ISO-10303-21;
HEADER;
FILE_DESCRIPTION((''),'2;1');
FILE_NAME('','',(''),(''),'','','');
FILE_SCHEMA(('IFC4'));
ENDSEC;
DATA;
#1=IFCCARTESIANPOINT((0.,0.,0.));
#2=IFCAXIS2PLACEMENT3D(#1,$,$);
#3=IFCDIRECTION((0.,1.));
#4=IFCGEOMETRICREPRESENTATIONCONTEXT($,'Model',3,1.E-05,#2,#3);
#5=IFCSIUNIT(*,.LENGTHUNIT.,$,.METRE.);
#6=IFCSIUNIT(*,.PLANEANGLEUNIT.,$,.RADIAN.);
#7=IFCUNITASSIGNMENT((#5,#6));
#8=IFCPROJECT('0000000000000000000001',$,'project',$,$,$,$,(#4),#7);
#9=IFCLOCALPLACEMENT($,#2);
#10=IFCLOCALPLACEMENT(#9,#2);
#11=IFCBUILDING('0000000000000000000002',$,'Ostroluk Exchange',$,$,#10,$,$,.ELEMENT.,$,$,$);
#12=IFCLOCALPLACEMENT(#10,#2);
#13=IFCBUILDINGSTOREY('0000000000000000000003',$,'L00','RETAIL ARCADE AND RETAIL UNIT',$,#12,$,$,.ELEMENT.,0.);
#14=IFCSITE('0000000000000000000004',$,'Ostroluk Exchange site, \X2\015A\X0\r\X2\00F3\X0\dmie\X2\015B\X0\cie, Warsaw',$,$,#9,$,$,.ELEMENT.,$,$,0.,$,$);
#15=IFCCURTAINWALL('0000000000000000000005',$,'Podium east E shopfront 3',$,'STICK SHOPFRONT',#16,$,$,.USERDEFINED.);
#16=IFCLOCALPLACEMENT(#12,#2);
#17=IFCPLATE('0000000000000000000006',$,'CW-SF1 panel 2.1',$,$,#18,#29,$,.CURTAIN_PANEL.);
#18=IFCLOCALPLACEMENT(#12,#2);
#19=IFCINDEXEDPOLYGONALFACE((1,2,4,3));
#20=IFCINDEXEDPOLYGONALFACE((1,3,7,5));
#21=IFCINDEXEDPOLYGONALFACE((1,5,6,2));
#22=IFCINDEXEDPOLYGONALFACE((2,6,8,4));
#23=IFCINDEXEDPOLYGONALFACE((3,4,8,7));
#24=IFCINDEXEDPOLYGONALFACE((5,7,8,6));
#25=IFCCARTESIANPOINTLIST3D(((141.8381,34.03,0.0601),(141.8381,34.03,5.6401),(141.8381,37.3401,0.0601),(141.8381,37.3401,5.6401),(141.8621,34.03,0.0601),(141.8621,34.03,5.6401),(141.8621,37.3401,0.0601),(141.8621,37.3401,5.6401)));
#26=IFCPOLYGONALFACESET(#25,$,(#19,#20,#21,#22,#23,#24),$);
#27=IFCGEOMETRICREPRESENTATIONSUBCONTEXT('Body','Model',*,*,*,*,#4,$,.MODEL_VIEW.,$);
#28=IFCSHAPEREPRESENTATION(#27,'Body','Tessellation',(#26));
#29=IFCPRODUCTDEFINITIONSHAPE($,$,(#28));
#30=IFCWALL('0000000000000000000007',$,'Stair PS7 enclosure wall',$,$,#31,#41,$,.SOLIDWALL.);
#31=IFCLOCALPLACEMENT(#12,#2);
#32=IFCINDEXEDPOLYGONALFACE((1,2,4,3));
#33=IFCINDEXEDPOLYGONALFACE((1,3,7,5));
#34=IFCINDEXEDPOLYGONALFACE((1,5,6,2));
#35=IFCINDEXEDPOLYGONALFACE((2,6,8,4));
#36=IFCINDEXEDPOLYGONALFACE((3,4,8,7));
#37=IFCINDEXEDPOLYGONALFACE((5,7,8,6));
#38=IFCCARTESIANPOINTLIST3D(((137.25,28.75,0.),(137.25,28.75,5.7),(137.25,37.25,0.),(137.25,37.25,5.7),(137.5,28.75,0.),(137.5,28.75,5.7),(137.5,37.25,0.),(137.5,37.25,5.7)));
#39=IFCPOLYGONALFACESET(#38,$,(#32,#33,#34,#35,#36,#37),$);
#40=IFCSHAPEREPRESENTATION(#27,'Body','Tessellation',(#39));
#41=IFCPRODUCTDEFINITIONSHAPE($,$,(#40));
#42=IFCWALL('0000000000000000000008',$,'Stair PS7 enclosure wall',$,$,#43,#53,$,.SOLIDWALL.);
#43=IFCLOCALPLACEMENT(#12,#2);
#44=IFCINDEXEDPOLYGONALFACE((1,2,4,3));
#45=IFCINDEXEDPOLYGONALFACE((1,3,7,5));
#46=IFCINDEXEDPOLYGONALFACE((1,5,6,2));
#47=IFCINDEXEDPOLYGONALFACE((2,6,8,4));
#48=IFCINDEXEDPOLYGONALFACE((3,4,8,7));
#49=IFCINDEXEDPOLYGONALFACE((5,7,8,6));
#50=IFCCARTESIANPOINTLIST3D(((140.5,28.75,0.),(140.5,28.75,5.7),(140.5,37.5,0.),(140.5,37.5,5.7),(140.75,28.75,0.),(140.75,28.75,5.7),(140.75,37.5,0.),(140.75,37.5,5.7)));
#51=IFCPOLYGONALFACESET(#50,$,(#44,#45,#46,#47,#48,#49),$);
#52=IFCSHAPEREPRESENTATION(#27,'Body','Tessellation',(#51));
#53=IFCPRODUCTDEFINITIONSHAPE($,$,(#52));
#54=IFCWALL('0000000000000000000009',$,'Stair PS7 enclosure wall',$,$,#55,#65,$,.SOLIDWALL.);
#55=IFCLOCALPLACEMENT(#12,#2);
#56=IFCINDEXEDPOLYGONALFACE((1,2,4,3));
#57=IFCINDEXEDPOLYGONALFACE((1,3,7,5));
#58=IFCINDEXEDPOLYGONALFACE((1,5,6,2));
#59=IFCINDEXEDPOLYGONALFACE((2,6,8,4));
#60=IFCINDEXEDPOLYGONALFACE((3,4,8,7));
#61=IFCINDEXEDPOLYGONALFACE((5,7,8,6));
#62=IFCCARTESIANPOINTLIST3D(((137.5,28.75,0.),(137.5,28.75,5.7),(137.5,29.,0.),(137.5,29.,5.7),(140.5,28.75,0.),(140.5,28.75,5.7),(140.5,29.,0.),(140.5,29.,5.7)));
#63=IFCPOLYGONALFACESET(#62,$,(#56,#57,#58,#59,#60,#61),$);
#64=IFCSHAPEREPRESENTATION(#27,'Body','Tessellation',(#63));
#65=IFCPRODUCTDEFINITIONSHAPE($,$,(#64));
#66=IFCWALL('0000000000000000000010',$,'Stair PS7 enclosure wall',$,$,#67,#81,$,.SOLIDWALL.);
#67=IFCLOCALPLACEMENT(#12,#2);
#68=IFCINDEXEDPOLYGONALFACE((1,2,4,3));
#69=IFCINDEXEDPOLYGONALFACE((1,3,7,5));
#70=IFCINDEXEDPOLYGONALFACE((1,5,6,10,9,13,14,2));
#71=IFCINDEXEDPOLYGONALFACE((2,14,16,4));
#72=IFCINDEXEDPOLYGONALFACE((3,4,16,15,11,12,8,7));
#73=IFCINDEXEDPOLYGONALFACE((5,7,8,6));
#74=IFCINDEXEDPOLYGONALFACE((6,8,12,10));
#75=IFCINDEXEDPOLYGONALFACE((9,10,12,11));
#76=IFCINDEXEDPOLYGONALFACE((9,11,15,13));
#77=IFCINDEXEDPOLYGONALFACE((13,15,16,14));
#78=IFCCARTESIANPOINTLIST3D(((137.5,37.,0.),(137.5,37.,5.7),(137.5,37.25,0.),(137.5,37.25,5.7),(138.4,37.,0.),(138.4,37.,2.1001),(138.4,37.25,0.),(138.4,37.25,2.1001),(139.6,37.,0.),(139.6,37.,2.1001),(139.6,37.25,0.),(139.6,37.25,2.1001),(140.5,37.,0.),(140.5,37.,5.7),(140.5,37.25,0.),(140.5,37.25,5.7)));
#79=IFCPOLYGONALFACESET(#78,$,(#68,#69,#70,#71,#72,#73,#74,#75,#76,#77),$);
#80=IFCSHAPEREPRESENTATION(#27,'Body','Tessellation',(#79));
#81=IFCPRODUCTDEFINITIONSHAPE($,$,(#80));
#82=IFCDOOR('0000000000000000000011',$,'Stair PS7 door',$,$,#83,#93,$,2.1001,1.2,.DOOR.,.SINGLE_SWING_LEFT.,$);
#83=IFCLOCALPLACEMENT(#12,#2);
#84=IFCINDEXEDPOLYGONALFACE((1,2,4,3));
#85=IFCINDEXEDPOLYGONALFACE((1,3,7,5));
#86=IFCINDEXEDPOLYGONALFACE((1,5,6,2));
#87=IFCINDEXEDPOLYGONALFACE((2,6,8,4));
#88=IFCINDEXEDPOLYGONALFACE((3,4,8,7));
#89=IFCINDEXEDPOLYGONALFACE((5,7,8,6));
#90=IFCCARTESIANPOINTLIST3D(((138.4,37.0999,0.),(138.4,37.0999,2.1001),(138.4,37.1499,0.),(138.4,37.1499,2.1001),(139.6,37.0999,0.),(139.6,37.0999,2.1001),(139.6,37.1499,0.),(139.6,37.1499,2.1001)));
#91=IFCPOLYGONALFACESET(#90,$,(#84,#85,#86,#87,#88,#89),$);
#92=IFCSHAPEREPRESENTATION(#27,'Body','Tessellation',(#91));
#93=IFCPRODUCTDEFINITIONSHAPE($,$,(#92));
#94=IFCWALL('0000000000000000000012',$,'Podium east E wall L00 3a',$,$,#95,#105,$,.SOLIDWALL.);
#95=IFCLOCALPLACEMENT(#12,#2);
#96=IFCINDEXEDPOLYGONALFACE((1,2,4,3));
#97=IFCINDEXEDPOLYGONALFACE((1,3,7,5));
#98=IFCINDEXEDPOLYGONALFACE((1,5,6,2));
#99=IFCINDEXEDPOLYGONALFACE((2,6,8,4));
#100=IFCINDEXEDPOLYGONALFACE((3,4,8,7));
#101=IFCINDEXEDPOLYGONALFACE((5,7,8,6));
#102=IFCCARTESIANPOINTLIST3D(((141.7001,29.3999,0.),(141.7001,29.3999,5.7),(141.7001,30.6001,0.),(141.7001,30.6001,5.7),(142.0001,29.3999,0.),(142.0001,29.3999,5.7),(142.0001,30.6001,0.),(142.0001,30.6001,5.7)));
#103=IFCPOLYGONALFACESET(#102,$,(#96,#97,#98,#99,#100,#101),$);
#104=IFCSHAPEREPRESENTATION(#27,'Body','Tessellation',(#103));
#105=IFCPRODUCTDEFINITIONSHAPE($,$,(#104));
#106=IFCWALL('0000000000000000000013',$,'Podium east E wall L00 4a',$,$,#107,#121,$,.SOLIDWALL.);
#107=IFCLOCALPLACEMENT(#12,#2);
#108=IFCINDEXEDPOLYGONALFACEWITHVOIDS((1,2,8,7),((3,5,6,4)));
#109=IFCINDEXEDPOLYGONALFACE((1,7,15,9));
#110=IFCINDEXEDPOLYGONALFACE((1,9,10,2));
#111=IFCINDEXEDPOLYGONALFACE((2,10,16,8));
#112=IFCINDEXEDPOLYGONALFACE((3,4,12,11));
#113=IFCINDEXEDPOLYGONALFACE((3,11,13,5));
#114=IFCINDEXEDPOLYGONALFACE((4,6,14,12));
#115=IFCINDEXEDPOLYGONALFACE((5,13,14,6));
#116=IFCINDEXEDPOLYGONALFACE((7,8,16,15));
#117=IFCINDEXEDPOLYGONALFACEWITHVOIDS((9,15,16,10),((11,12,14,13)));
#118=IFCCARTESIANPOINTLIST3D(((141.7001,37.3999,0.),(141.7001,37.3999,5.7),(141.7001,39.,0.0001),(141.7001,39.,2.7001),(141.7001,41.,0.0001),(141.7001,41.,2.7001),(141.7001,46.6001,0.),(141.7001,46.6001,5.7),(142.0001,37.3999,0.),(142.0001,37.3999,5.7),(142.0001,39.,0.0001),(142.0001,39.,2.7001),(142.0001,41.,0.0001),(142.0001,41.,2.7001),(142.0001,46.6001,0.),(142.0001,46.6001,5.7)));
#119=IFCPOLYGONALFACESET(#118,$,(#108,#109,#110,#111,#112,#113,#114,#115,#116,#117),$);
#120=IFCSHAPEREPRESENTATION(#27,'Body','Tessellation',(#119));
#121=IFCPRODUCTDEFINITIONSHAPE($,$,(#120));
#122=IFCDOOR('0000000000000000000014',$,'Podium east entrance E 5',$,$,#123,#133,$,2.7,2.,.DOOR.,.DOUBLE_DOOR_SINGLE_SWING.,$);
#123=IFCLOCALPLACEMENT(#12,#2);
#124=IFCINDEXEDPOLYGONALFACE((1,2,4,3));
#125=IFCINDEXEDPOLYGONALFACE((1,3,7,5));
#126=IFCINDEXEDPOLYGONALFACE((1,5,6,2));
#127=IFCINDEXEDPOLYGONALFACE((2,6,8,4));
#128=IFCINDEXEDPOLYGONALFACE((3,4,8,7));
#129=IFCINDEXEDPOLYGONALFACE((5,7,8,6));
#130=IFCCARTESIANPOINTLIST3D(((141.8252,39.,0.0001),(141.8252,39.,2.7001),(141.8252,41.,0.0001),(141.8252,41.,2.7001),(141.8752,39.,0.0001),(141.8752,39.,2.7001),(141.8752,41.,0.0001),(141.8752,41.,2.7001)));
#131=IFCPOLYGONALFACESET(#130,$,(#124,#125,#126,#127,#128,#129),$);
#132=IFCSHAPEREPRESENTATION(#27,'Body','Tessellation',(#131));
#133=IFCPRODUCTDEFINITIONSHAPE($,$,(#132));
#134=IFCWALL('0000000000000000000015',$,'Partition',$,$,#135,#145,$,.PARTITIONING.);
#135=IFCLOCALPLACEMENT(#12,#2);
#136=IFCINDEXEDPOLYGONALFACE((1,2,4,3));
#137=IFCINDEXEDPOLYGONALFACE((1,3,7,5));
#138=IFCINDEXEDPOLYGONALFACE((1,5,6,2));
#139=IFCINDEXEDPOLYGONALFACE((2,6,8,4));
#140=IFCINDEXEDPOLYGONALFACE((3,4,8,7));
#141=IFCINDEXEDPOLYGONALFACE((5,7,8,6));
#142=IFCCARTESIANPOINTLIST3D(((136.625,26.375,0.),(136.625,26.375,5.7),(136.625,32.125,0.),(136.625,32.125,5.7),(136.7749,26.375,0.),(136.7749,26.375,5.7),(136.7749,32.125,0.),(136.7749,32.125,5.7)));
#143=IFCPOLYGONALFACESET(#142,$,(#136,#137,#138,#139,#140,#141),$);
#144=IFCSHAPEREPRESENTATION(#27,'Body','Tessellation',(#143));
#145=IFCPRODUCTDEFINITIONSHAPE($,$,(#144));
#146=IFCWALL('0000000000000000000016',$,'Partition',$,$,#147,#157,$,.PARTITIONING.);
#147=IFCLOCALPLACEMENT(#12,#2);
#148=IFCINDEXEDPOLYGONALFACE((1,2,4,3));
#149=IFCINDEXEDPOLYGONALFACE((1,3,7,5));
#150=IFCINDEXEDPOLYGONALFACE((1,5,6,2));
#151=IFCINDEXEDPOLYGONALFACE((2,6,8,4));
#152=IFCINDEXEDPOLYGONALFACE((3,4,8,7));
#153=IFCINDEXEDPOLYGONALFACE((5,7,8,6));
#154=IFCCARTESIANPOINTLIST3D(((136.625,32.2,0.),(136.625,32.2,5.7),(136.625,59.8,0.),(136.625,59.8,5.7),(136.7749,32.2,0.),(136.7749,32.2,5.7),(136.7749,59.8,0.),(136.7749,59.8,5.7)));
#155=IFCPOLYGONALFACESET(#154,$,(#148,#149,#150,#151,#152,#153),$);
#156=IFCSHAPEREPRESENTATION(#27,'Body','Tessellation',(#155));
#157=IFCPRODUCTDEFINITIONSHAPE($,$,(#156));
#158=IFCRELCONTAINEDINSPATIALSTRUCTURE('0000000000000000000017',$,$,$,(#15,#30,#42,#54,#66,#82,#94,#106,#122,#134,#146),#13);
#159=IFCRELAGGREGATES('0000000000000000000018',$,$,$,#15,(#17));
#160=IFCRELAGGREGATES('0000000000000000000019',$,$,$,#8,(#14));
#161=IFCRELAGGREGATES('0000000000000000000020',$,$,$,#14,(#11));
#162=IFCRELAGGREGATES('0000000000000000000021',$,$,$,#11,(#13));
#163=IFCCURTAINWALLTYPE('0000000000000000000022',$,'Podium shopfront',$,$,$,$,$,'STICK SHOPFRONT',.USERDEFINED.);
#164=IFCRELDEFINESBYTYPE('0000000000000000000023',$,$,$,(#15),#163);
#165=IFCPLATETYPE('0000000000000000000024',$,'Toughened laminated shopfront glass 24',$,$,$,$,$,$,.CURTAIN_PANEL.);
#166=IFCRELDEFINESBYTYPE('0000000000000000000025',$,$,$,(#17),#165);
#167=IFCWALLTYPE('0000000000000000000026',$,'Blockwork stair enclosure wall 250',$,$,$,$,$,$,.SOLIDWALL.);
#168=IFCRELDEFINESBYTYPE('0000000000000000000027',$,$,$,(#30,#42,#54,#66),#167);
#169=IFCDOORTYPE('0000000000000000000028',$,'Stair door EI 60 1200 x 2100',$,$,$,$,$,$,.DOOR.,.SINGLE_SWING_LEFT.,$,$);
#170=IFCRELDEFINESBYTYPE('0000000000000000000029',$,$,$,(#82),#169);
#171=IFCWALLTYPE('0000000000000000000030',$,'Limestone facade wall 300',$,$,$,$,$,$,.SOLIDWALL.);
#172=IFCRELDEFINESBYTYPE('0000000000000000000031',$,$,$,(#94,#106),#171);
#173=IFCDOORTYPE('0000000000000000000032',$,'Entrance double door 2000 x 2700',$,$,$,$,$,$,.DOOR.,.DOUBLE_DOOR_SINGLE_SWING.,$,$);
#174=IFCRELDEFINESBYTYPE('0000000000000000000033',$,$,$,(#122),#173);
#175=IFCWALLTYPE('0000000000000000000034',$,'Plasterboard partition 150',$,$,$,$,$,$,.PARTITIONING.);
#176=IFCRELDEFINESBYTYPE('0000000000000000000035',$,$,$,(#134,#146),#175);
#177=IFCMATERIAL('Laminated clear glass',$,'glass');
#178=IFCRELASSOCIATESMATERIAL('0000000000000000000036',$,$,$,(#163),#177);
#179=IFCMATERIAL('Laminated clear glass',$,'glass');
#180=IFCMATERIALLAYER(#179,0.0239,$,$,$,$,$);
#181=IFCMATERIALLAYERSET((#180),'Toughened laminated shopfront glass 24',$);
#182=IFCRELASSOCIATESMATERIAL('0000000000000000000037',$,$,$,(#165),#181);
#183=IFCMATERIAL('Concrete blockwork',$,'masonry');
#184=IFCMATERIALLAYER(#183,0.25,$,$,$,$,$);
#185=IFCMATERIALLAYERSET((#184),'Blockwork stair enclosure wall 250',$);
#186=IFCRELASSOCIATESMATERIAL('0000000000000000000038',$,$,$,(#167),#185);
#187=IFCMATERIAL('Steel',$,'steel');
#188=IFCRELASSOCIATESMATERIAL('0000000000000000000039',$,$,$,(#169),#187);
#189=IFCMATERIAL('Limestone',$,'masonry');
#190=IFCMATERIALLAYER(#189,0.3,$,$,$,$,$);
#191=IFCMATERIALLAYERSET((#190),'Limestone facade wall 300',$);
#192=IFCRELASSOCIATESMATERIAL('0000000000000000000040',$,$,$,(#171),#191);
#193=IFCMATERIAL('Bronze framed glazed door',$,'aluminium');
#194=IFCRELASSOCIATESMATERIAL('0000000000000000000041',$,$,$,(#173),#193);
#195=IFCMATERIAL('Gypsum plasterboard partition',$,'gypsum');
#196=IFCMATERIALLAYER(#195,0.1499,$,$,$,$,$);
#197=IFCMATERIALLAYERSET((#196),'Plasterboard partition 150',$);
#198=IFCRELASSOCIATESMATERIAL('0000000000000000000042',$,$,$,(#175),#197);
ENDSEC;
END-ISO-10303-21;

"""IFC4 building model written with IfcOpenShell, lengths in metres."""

from ifc_helpers import new_model, si_unit, direction, frame, frame_2d, origin, origin_2d, place, context, subcontext, project, spatial, rectangle, extrude, material, layer, layer_set, type_object, element, fill, aggregate, save


model = new_model("IFC4")

# Units and contexts
model_context = context("Model", 3, precision=1e-05, world=origin(), true_north=direction((0.0, 1.0)))
body_context = subcontext(model_context, "Body", "Model", "MODEL_VIEW")
ifc_project = project(units=[si_unit("LENGTHUNIT", "METRE"), si_unit("PLANEANGLEUNIT", "RADIAN")], contexts=[model_context])

# Site, building, storey
site_placement = place(None, origin())
site = spatial("IfcSite", under=ifc_project, at=site_placement, Name="Ostroluk Exchange site, Śródmieście, Warsaw", CompositionType="ELEMENT", RefElevation=0.0)
building_placement = place(site_placement, origin())
building = spatial("IfcBuilding", under=site, at=building_placement, Name="Ostroluk Exchange", CompositionType="ELEMENT")
storey_placement = place(building_placement, origin())
storey = spatial("IfcBuildingStorey", under=building, at=storey_placement, Name="L00", Description="RETAIL ARCADE AND RETAIL UNIT", CompositionType="ELEMENT", Elevation=0.0)

# Shared definitions
ifc_material_1 = material(Name="Laminated clear glass", Category="glass")
curtain_wall_type = type_object("IfcCurtainWallType", Name="Podium shopfront", ElementType="STICK SHOPFRONT", PredefinedType="USERDEFINED", material=ifc_material_1)

# Curtain wall
curtain_wall_1_placement = place(storey_placement, origin())
curtain_wall_1 = element("IfcCurtainWall", 1, at=curtain_wall_1_placement, inside=storey, type_object=curtain_wall_type, Name="Podium east E shopfront 3", ObjectType="STICK SHOPFRONT", PredefinedType="USERDEFINED")

# Plate
ifc_material_2 = material(Name="Laminated clear glass", Category="glass")
ifc_layer_1 = layer(ifc_material_2, 0.0239)
ifc_layer_set_1 = layer_set([ifc_layer_1], Name="Toughened laminated shopfront glass 24")
plate_type = type_object("IfcPlateType", Name="Toughened laminated shopfront glass 24", PredefinedType="CURTAIN_PANEL", material=ifc_layer_set_1)
plate_1_placement = place(storey_placement, frame((141.8501, 35.6851, 0.0601), z_axis=(0.0, 0.0, 1.0), x_axis=(0.0, 1.0, 0.0)))
plate_1 = element("IfcPlate", 2, at=plate_1_placement, type_object=plate_type, Name="CW-SF1 panel 2.1", PredefinedType="CURTAIN_PANEL", context=body_context, shape_type="SweptSolid", body=[
    extrude(rectangle(XDim=3.3101, YDim=0.0239, at=origin_2d()), origin(), (0.0, 0.0, 1.0), 5.5801),
])
aggregate(curtain_wall_1, [plate_1])

# Walls
ifc_material_3 = material(Name="Concrete blockwork", Category="masonry")
ifc_layer_2 = layer(ifc_material_3, 0.25)
ifc_layer_set_2 = layer_set([ifc_layer_2], Name="Blockwork stair enclosure wall 250")
wall_type_1 = type_object("IfcWallType", Name="Blockwork stair enclosure wall 250", PredefinedType="SOLIDWALL", material=ifc_layer_set_2)
wall_1_placement = place(storey_placement, frame((137.375, 28.75, 0.0), z_axis=(0.0, 0.0, 1.0), x_axis=(0.0, 1.0, 0.0)))
element("IfcWall", 3, at=wall_1_placement, inside=storey, type_object=wall_type_1, Name="Stair PS7 enclosure wall", PredefinedType="SOLIDWALL", context=body_context, shape_type="SweptSolid", body=[
    extrude(rectangle(XDim=8.5, YDim=0.25, at=frame_2d((4.25, 0.0))), origin(), (0.0, 0.0, 1.0), 5.7),
])
wall_2_placement = place(storey_placement, frame((140.625, 28.75, 0.0), z_axis=(0.0, 0.0, 1.0), x_axis=(0.0, 1.0, 0.0)))
element("IfcWall", 4, at=wall_2_placement, inside=storey, type_object=wall_type_1, Name="Stair PS7 enclosure wall", PredefinedType="SOLIDWALL", context=body_context, shape_type="SweptSolid", body=[
    extrude(rectangle(XDim=8.75, YDim=0.25, at=frame_2d((4.375, 0.0))), origin(), (0.0, 0.0, 1.0), 5.7),
])
wall_3_placement = place(storey_placement, frame((137.5, 28.875, 0.0), z_axis=(0.0, 0.0, 1.0), x_axis=(1.0, 0.0, 0.0)))
element("IfcWall", 5, at=wall_3_placement, inside=storey, type_object=wall_type_1, Name="Stair PS7 enclosure wall", PredefinedType="SOLIDWALL", context=body_context, shape_type="SweptSolid", body=[
    extrude(rectangle(XDim=3.0, YDim=0.25, at=frame_2d((1.5, 0.0))), origin(), (0.0, 0.0, 1.0), 5.7),
])

# Wall, opening, door
wall_4_placement = place(storey_placement, frame((137.5, 37.125, 0.0), z_axis=(0.0, 0.0, 1.0), x_axis=(1.0, 0.0, 0.0)))
wall_4 = element("IfcWall", 6, at=wall_4_placement, inside=storey, type_object=wall_type_1, Name="Stair PS7 enclosure wall", PredefinedType="SOLIDWALL", context=body_context, shape_type="SweptSolid", body=[
    extrude(rectangle(XDim=3.0, YDim=0.25, at=frame_2d((1.5, 0.0))), origin(), (0.0, 0.0, 1.0), 5.7),
])
opening_1_placement = place(wall_4_placement, frame((0.8999, 0.0, 0.0)))
opening_1 = element("IfcOpeningElement", 7, at=opening_1_placement, cuts=wall_4, PredefinedType="OPENING", context=body_context, shape_type="SweptSolid", body=[
    extrude(rectangle(XDim=1.2, YDim=2.1001, at=frame_2d((0.6001, 1.05))), frame((0.0, 0.135, 0.0), z_axis=(0.0, -1.0, 0.0), x_axis=(1.0, 0.0, 0.0)), (0.0, 0.0, 1.0), 0.27),
])
ifc_material_4 = material(Name="Steel", Category="steel")
door_type_1 = type_object("IfcDoorType", Name="Stair door EI 60 1200 x 2100", OperationType="SINGLE_SWING_LEFT", PredefinedType="DOOR", material=ifc_material_4)
door_1_placement = place(opening_1_placement, origin())
door_1 = element("IfcDoor", 8, at=door_1_placement, inside=storey, type_object=door_type_1, Name="Stair PS7 door", OperationType="SINGLE_SWING_LEFT", OverallHeight=2.1001, OverallWidth=1.2, PredefinedType="DOOR", context=body_context, shape_type="SweptSolid", body=[
    extrude(rectangle(XDim=1.2, YDim=2.1001, at=frame_2d((0.6001, 1.05))), frame((0.0, 0.0249, 0.0), z_axis=(0.0, -1.0, 0.0), x_axis=(1.0, 0.0, 0.0)), (0.0, 0.0, 1.0), 0.05),
])
fill(opening_1, door_1)

# Wall
ifc_material_5 = material(Name="Limestone", Category="masonry")
ifc_layer_3 = layer(ifc_material_5, 0.3)
ifc_layer_set_3 = layer_set([ifc_layer_3], Name="Limestone facade wall 300")
wall_type_2 = type_object("IfcWallType", Name="Limestone facade wall 300", PredefinedType="SOLIDWALL", material=ifc_layer_set_3)
wall_5_placement = place(storey_placement, frame((141.8501, 29.3999, 0.0), z_axis=(0.0, 0.0, 1.0), x_axis=(0.0, 1.0, 0.0)))
element("IfcWall", 9, at=wall_5_placement, inside=storey, type_object=wall_type_2, Name="Podium east E wall L00 3a", PredefinedType="SOLIDWALL", context=body_context, shape_type="SweptSolid", body=[
    extrude(rectangle(XDim=1.2002, YDim=0.3, at=frame_2d((0.6001, 0.0))), origin(), (0.0, 0.0, 1.0), 5.7),
])

# Wall, opening, door
wall_6_placement = place(storey_placement, frame((141.8501, 37.3999, 0.0), z_axis=(0.0, 0.0, 1.0), x_axis=(0.0, 1.0, 0.0)))
wall_6 = element("IfcWall", 10, at=wall_6_placement, inside=storey, type_object=wall_type_2, Name="Podium east E wall L00 4a", PredefinedType="SOLIDWALL", context=body_context, shape_type="SweptSolid", body=[
    extrude(rectangle(XDim=9.2002, YDim=0.3, at=frame_2d((4.6001, 0.0))), origin(), (0.0, 0.0, 1.0), 5.7),
])
opening_2_placement = place(wall_6_placement, frame((1.6001, 0.0, 0.0)))
opening_2 = element("IfcOpeningElement", 11, at=opening_2_placement, cuts=wall_6, PredefinedType="OPENING", context=body_context, shape_type="SweptSolid", body=[
    extrude(rectangle(XDim=2.0, YDim=2.7, at=frame_2d((1.0, 1.3501))), frame((0.0, 0.1599, 0.0), z_axis=(0.0, -1.0, 0.0), x_axis=(1.0, 0.0, 0.0)), (0.0, 0.0, 1.0), 0.3201),
])
ifc_material_6 = material(Name="Bronze framed glazed door", Category="aluminium")
door_type_2 = type_object("IfcDoorType", Name="Entrance double door 2000 x 2700", OperationType="DOUBLE_DOOR_SINGLE_SWING", PredefinedType="DOOR", material=ifc_material_6)
door_2_placement = place(opening_2_placement, origin())
door_2 = element("IfcDoor", 12, at=door_2_placement, inside=storey, type_object=door_type_2, Name="Podium east entrance E 5", OperationType="DOUBLE_DOOR_SINGLE_SWING", OverallHeight=2.7, OverallWidth=2.0, PredefinedType="DOOR", context=body_context, shape_type="SweptSolid", body=[
    extrude(rectangle(XDim=2.0, YDim=2.7, at=frame_2d((1.0, 1.3501))), frame((0.0, 0.0249, 0.0), z_axis=(0.0, -1.0, 0.0), x_axis=(1.0, 0.0, 0.0)), (0.0, 0.0, 1.0), 0.05),
])
fill(opening_2, door_2)

# Walls
ifc_material_7 = material(Name="Gypsum plasterboard partition", Category="gypsum")
ifc_layer_4 = layer(ifc_material_7, 0.1499)
ifc_layer_set_4 = layer_set([ifc_layer_4], Name="Plasterboard partition 150")
wall_type_3 = type_object("IfcWallType", Name="Plasterboard partition 150", PredefinedType="PARTITIONING", material=ifc_layer_set_4)
wall_7_placement = place(storey_placement, frame((136.7, 26.375, 0.0), z_axis=(0.0, 0.0, 1.0), x_axis=(0.0, 1.0, 0.0)))
element("IfcWall", 13, at=wall_7_placement, inside=storey, type_object=wall_type_3, Name="Partition", PredefinedType="PARTITIONING", context=body_context, shape_type="SweptSolid", body=[
    extrude(rectangle(XDim=5.75, YDim=0.1499, at=frame_2d((2.875, 0.0))), origin(), (0.0, 0.0, 1.0), 5.7),
])
wall_8_placement = place(storey_placement, frame((136.7, 32.2, 0.0), z_axis=(0.0, 0.0, 1.0), x_axis=(0.0, 1.0, 0.0)))
element("IfcWall", 14, at=wall_8_placement, inside=storey, type_object=wall_type_3, Name="Partition", PredefinedType="PARTITIONING", context=body_context, shape_type="SweptSolid", body=[
    extrude(rectangle(XDim=27.6001, YDim=0.1499, at=frame_2d((13.8, 0.0))), origin(), (0.0, 0.0, 1.0), 5.7),
])

save(model, "model.ifc")
